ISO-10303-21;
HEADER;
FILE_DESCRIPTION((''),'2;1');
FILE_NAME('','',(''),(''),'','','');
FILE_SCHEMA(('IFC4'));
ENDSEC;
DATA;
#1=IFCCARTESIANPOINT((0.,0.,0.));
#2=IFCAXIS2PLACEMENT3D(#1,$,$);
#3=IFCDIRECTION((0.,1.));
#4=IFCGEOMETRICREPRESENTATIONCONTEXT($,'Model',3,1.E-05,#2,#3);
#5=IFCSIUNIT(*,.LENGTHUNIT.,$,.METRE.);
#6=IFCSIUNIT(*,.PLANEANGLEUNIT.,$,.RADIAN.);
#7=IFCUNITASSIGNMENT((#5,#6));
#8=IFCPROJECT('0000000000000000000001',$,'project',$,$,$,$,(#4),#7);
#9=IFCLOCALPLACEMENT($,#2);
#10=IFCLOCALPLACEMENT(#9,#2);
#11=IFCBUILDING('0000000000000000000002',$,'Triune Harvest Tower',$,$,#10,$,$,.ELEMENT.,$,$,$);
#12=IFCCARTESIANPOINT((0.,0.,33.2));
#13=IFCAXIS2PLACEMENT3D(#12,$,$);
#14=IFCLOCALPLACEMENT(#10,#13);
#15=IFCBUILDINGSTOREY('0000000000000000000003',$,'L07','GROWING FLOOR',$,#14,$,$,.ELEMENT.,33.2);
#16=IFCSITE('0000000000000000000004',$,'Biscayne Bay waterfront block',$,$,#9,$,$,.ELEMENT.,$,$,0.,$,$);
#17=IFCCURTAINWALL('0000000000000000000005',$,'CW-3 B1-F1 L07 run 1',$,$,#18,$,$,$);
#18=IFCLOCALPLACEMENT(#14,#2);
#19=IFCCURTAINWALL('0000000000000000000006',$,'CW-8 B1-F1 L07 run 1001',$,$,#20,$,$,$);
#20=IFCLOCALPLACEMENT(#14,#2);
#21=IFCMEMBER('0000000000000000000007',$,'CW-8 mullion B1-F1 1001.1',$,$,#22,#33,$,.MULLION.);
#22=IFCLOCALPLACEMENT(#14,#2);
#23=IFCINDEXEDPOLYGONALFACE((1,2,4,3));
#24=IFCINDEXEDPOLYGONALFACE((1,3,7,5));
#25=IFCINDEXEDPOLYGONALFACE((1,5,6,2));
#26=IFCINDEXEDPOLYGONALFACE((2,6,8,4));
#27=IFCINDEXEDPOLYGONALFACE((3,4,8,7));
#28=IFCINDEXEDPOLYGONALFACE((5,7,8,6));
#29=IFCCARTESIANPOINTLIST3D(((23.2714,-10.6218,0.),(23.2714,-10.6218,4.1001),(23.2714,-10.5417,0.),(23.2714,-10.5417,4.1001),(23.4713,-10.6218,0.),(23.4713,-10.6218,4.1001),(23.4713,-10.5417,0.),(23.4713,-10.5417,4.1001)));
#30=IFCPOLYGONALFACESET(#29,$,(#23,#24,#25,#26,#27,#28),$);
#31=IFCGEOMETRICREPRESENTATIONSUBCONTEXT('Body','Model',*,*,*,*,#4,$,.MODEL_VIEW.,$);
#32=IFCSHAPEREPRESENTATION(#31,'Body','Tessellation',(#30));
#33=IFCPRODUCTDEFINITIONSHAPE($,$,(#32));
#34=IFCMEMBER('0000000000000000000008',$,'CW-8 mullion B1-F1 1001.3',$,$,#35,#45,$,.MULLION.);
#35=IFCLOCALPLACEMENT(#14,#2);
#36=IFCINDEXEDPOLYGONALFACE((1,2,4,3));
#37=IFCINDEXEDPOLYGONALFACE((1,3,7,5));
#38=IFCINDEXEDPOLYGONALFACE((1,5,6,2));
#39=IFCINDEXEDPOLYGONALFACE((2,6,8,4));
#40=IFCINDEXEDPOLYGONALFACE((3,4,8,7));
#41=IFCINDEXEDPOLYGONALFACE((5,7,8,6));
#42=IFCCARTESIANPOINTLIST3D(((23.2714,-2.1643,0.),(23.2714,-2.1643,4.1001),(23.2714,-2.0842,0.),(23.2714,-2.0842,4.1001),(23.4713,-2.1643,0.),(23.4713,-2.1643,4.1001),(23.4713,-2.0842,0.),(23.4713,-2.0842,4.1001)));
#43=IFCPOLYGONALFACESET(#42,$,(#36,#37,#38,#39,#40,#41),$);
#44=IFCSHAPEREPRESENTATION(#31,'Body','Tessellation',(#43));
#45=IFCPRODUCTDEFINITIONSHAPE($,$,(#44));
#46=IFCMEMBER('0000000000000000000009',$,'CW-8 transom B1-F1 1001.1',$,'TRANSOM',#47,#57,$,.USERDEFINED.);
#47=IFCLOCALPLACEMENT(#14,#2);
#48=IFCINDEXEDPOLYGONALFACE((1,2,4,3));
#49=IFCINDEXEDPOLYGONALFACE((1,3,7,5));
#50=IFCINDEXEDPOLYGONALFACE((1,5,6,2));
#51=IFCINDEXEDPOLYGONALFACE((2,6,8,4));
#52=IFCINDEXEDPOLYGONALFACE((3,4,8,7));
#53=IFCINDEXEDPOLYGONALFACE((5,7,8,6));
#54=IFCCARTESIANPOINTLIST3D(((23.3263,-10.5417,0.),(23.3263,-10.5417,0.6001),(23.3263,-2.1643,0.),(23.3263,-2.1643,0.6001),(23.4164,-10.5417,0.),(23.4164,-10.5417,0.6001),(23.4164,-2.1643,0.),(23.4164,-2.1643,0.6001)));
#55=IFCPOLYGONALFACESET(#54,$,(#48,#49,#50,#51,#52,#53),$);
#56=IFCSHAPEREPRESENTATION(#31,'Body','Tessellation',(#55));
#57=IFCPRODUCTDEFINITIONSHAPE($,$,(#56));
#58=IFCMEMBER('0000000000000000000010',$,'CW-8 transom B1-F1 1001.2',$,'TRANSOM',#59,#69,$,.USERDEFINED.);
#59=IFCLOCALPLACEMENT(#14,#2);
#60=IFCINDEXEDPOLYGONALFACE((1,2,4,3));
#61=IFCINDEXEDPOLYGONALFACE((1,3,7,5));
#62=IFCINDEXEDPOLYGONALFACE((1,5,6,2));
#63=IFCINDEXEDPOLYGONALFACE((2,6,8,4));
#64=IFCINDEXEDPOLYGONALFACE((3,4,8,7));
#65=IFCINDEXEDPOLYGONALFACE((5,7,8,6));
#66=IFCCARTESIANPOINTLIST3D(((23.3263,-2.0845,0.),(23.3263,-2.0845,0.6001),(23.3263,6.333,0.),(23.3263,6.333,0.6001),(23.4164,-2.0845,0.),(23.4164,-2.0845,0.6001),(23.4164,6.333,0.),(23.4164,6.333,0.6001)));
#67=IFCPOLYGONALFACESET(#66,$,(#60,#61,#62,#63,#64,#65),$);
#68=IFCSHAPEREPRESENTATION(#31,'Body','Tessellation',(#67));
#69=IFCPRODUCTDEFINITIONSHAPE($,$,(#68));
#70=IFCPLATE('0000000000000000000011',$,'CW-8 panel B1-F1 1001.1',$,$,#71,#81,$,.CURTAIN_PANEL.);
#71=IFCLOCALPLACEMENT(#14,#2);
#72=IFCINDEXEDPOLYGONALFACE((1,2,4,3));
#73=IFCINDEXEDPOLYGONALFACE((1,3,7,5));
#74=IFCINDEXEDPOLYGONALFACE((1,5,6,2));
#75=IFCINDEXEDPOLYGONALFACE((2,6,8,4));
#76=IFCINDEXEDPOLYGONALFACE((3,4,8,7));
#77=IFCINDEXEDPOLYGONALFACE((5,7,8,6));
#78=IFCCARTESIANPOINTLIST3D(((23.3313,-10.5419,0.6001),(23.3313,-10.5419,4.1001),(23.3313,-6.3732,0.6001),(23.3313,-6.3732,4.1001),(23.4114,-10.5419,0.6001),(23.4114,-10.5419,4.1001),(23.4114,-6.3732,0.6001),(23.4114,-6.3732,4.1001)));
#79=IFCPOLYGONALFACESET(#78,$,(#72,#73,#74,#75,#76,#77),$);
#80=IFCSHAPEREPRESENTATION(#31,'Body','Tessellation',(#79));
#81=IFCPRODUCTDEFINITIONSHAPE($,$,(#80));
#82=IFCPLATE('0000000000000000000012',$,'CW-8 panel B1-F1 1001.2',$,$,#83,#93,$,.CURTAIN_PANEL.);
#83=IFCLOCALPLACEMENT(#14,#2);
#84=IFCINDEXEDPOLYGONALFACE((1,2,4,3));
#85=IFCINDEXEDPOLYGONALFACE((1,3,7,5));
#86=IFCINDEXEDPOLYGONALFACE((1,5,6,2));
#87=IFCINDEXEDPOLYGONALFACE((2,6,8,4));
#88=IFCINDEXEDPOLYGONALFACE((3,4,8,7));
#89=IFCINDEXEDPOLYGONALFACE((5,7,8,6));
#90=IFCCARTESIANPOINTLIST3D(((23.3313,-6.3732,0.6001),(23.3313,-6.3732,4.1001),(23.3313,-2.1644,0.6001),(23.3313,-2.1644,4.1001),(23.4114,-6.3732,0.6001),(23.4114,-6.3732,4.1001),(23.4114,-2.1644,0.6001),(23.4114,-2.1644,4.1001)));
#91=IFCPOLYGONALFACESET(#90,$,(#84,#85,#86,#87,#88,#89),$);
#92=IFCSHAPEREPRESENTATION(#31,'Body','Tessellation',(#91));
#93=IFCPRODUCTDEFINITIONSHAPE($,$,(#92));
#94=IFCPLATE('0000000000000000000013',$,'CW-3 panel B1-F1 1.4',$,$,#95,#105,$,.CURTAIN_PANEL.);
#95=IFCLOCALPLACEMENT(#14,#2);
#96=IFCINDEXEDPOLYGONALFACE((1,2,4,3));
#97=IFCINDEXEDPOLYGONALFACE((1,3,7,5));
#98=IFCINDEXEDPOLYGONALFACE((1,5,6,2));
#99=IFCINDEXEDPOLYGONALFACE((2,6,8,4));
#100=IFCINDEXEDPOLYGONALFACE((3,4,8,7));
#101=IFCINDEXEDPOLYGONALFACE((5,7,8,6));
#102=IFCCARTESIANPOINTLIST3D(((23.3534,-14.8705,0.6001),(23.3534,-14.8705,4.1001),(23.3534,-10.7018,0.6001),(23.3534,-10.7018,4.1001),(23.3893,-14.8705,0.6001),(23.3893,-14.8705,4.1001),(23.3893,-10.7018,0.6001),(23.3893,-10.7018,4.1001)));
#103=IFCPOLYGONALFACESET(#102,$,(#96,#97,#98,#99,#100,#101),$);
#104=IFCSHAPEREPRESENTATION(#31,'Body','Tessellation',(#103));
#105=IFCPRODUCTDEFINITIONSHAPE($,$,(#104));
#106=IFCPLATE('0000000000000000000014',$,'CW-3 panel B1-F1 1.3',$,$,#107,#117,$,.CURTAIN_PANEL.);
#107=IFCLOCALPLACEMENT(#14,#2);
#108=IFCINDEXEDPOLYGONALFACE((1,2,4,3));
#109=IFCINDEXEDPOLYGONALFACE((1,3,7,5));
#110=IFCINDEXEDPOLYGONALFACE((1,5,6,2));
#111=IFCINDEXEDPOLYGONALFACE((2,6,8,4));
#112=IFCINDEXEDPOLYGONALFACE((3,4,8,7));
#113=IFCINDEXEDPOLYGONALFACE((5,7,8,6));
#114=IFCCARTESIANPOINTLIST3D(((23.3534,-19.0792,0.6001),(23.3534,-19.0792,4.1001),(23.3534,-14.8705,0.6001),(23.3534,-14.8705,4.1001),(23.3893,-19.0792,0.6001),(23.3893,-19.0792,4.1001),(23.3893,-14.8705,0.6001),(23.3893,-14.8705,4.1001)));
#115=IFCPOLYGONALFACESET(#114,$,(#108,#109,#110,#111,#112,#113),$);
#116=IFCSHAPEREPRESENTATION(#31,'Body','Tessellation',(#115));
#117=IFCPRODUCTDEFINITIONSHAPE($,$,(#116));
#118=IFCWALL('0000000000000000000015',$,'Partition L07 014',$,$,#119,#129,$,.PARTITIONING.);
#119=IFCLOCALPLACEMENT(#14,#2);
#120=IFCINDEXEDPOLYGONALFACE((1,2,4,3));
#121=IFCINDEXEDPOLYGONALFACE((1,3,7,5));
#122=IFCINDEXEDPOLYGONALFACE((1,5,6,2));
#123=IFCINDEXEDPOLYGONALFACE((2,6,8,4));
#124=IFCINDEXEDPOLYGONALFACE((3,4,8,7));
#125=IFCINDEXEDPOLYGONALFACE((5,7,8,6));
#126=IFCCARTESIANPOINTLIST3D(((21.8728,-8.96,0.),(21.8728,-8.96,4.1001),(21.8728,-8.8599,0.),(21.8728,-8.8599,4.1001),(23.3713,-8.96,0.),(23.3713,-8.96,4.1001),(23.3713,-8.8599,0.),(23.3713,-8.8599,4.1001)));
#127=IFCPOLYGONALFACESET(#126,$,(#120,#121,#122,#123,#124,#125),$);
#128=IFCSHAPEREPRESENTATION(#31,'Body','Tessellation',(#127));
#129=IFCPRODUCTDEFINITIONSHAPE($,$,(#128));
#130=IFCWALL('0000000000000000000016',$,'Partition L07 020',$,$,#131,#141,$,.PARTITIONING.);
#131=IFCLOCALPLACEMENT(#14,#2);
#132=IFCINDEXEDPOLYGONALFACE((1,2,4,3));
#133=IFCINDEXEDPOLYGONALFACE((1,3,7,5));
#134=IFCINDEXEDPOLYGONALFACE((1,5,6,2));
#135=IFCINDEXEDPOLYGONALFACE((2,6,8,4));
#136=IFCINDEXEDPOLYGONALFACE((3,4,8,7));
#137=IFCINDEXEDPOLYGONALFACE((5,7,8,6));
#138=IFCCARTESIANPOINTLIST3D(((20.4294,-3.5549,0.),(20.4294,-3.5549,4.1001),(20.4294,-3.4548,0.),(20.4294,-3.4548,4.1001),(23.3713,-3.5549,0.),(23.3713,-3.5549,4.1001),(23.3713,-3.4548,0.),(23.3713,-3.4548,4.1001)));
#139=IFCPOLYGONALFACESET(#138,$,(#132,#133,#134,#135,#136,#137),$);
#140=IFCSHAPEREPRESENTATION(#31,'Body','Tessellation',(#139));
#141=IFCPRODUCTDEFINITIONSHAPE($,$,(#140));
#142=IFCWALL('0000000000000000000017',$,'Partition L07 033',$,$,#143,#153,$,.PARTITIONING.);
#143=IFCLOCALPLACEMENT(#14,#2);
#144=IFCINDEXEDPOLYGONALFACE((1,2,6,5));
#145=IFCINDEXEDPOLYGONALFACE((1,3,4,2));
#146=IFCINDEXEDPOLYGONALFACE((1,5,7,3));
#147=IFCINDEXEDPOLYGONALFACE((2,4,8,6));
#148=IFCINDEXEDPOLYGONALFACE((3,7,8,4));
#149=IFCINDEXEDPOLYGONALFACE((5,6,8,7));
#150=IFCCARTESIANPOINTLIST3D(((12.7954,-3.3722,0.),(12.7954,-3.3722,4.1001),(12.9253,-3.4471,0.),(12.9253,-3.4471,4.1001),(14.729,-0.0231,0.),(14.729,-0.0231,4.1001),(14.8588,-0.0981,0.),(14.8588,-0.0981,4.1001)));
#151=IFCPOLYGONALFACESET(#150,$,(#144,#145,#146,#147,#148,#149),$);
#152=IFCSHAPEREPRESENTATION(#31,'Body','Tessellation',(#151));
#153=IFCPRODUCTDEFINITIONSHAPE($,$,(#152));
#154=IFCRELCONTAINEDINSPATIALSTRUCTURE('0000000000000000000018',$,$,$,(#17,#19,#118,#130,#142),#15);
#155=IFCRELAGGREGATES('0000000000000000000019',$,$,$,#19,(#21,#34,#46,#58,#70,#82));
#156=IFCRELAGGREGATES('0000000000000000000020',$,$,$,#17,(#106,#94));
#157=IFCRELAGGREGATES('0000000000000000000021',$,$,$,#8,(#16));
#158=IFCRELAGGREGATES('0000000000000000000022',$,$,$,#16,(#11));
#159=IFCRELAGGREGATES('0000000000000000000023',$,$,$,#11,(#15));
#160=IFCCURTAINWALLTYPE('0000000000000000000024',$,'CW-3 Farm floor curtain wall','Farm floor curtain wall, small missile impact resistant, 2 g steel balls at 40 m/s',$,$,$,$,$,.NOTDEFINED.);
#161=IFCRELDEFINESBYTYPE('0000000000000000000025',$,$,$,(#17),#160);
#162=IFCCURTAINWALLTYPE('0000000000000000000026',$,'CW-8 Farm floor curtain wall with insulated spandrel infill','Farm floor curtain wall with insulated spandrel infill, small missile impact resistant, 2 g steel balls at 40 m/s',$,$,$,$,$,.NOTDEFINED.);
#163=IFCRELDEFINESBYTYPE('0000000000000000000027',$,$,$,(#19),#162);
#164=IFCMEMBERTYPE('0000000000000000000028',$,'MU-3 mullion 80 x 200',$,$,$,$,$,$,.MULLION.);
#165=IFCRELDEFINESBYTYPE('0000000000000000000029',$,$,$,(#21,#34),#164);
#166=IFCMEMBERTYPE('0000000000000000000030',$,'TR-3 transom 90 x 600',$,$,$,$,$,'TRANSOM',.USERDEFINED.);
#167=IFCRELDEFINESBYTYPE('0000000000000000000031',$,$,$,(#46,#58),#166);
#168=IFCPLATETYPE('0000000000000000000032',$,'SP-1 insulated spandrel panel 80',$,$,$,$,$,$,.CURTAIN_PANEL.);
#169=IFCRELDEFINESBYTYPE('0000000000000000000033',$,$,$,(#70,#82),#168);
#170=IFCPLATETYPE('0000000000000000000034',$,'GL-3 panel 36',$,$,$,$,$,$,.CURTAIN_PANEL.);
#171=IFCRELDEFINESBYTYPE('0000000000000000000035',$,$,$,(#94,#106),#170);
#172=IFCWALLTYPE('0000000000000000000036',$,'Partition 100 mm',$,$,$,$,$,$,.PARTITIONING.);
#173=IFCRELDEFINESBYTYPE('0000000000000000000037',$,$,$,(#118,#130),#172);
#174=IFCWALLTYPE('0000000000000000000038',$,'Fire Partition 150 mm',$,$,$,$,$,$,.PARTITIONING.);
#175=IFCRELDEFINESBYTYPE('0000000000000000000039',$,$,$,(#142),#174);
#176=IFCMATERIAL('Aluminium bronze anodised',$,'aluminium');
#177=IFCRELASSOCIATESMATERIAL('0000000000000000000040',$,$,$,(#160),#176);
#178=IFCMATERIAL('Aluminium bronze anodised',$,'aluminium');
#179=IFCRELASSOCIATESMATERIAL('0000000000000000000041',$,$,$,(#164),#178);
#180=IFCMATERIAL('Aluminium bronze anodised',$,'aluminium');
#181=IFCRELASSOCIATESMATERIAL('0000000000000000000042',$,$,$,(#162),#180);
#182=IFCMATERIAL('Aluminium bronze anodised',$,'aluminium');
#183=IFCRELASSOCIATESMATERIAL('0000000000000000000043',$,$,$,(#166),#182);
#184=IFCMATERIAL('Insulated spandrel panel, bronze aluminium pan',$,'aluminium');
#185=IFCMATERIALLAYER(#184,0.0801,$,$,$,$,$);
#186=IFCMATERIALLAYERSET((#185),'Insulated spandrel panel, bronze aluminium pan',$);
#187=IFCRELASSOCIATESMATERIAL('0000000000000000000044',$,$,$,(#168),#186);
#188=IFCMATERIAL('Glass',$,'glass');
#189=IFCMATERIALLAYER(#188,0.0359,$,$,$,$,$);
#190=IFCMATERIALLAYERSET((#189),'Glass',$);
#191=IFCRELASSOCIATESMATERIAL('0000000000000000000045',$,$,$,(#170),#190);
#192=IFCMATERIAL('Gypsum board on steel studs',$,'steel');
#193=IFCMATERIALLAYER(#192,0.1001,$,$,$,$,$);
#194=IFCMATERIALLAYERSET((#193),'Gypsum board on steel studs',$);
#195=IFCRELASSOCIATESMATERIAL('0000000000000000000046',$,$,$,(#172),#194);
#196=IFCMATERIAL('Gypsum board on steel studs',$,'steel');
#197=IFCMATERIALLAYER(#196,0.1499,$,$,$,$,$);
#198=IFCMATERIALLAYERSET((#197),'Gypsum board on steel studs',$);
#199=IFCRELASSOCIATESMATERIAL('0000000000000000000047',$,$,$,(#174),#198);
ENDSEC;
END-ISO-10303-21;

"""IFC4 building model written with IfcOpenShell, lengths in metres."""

from ifc_helpers import new_model, si_unit, direction, frame, frame_2d, origin, origin_2d, place, context, subcontext, project, spatial, rectangle, extrude, source, transform, mapped, material, layer, layer_set, material_profile, profile_set, type_object, element, aggregate, save


model = new_model("IFC4")

# Units and contexts
model_context = context("Model", 3, precision=1e-05, world=origin(), true_north=direction((0.0, 1.0)))
body_context = subcontext(model_context, "Body", "Model", "MODEL_VIEW")
ifc_project = project(units=[si_unit("LENGTHUNIT", "METRE"), si_unit("PLANEANGLEUNIT", "RADIAN")], contexts=[model_context])

# Site, building, storey
site_placement = place(None, origin())
site = spatial("IfcSite", under=ifc_project, at=site_placement, Name="Biscayne Bay waterfront block", CompositionType="ELEMENT", RefElevation=0.0)
building_placement = place(site_placement, origin())
building = spatial("IfcBuilding", under=site, at=building_placement, Name="Triune Harvest Tower", CompositionType="ELEMENT")
storey_placement = place(building_placement, frame((0.0, 0.0, 33.2)))
storey = spatial("IfcBuildingStorey", under=building, at=storey_placement, Name="L07", Description="GROWING FLOOR", CompositionType="ELEMENT", Elevation=33.2)

# Curtain wall
ifc_material_1 = material(Name="Aluminium bronze anodised", Category="aluminium")
curtain_wall_type_1 = type_object("IfcCurtainWallType", Name="CW-3 Farm floor curtain wall", Description="Farm floor curtain wall, small missile impact resistant, 2 g steel balls at 40 m/s", PredefinedType="NOTDEFINED", material=ifc_material_1)
curtain_wall_1_placement = place(storey_placement, origin())
curtain_wall_1 = element("IfcCurtainWall", 1, at=curtain_wall_1_placement, inside=storey, type_object=curtain_wall_type_1, Name="CW-3 B1-F1 L07 run 1")
ifc_material_2 = material(Name="Aluminium bronze anodised", Category="aluminium")
ifc_material_profile_1 = material_profile(ifc_material_2, rectangle(XDim=0.2, YDim=0.0801, at=origin_2d()), Name="MU-3 mullion 80 x 200")
ifc_profile_set_1 = profile_set([ifc_material_profile_1], Name="Aluminium bronze anodised")
member_type_1 = type_object("IfcMemberType", Name="MU-3 mullion 80 x 200", PredefinedType="MULLION", material=ifc_profile_set_1)
shared_shape_1 = source(origin(), body_context, "Body", "SweptSolid", [
    extrude(rectangle(XDim=0.2, YDim=0.0801, at=origin_2d()), origin(), (0.0, 0.0, 1.0), 4.1001),
])

# Curtain wall, members, plates
ifc_material_3 = material(Name="Aluminium bronze anodised", Category="aluminium")
curtain_wall_type_2 = type_object("IfcCurtainWallType", Name="CW-8 Farm floor curtain wall with insulated spandrel infill", Description="Farm floor curtain wall with insulated spandrel infill, small missile impact resistant, 2 g steel balls at 40 m/s", PredefinedType="NOTDEFINED", material=ifc_material_3)
curtain_wall_2_placement = place(storey_placement, origin())
curtain_wall_2 = element("IfcCurtainWall", 2, at=curtain_wall_2_placement, inside=storey, type_object=curtain_wall_type_2, Name="CW-8 B1-F1 L07 run 1001")
member_1_placement = place(storey_placement, frame((23.3713, -10.5818, 0.0), z_axis=(0.0, 0.0, 1.0), x_axis=(-1.0, 0.0, 0.0)))
member_1 = element("IfcMember", 3, at=member_1_placement, type_object=member_type_1, Name="CW-8 mullion B1-F1 1001.1", PredefinedType="MULLION", context=body_context, shape_type="MappedRepresentation", body=[
    mapped(shared_shape_1, transform((0.0, 0.0, 0.0), scale=1.0)),
])
member_2_placement = place(storey_placement, frame((23.3713, -2.1243, 0.0), z_axis=(0.0, 0.0, 1.0), x_axis=(-1.0, 0.0, 0.0)))
member_2 = element("IfcMember", 4, at=member_2_placement, type_object=member_type_1, Name="CW-8 mullion B1-F1 1001.3", PredefinedType="MULLION", context=body_context, shape_type="MappedRepresentation", body=[
    mapped(shared_shape_1, transform((0.0, 0.0, 0.0), scale=1.0)),
])
ifc_material_4 = material(Name="Aluminium bronze anodised", Category="aluminium")
ifc_material_profile_2 = material_profile(ifc_material_4, rectangle(XDim=0.0901, YDim=0.6001, at=origin_2d()), Name="TR-3 transom 90 x 600")
ifc_profile_set_2 = profile_set([ifc_material_profile_2], Name="Aluminium bronze anodised")
member_type_2 = type_object("IfcMemberType", Name="TR-3 transom 90 x 600", ElementType="TRANSOM", PredefinedType="USERDEFINED", material=ifc_profile_set_2)
shared_shape_2 = source(origin(), body_context, "Body", "SweptSolid", [
    extrude(rectangle(XDim=0.0901, YDim=0.6001, at=origin_2d()), origin(), (0.0, 0.0, 1.0), 8.3774),
])
member_3_placement = place(storey_placement, frame((23.3713, -10.5417, 0.3), z_axis=(0.0, 1.0, 0.0), x_axis=(-1.0, 0.0, 0.0)))
member_3 = element("IfcMember", 5, at=member_3_placement, type_object=member_type_2, Name="CW-8 transom B1-F1 1001.1", ObjectType="TRANSOM", PredefinedType="USERDEFINED", context=body_context, shape_type="MappedRepresentation", body=[
    mapped(shared_shape_2, transform((0.0, 0.0, 0.0), scale=1.0)),
])
shared_shape_3 = source(origin(), body_context, "Body", "SweptSolid", [
    extrude(rectangle(XDim=0.0901, YDim=0.6001, at=origin_2d()), origin(), (0.0, 0.0, 1.0), 8.4175),
])
member_4_placement = place(storey_placement, frame((23.3713, -2.0845, 0.3), z_axis=(0.0, 1.0, 0.0), x_axis=(-1.0, 0.0, 0.0)))
member_4 = element("IfcMember", 6, at=member_4_placement, type_object=member_type_2, Name="CW-8 transom B1-F1 1001.2", ObjectType="TRANSOM", PredefinedType="USERDEFINED", context=body_context, shape_type="MappedRepresentation", body=[
    mapped(shared_shape_3, transform((0.0, 0.0, 0.0), scale=1.0)),
])
ifc_material_5 = material(Name="Insulated spandrel panel, bronze aluminium pan", Category="aluminium")
ifc_layer_1 = layer(ifc_material_5, 0.0801)
ifc_layer_set_1 = layer_set([ifc_layer_1], Name="Insulated spandrel panel, bronze aluminium pan")
plate_type_1 = type_object("IfcPlateType", Name="SP-1 insulated spandrel panel 80", PredefinedType="CURTAIN_PANEL", material=ifc_layer_set_1)
shared_shape_4 = source(origin(), body_context, "Body", "SweptSolid", [
    extrude(rectangle(XDim=4.1687, YDim=0.0801, at=origin_2d()), origin(), (0.0, 0.0, 1.0), 3.5),
])
plate_1_placement = place(storey_placement, frame((23.3713, -8.4575, 0.6001), z_axis=(0.0, 0.0, 1.0), x_axis=(0.0, 1.0, 0.0)))
plate_1 = element("IfcPlate", 7, at=plate_1_placement, type_object=plate_type_1, Name="CW-8 panel B1-F1 1001.1", PredefinedType="CURTAIN_PANEL", context=body_context, shape_type="MappedRepresentation", body=[
    mapped(shared_shape_4, transform((0.0, 0.0, 0.0), scale=1.0)),
])
shared_shape_5 = source(origin(), body_context, "Body", "SweptSolid", [
    extrude(rectangle(XDim=4.2087, YDim=0.0801, at=origin_2d()), origin(), (0.0, 0.0, 1.0), 3.5),
])
plate_2_placement = place(storey_placement, frame((23.3713, -4.2688, 0.6001), z_axis=(0.0, 0.0, 1.0), x_axis=(0.0, 1.0, 0.0)))
plate_2 = element("IfcPlate", 8, at=plate_2_placement, type_object=plate_type_1, Name="CW-8 panel B1-F1 1001.2", PredefinedType="CURTAIN_PANEL", context=body_context, shape_type="MappedRepresentation", body=[
    mapped(shared_shape_5, transform((0.0, 0.0, 0.0), scale=1.0)),
])
aggregate(curtain_wall_2, [member_1, member_2, member_3, member_4, plate_1, plate_2])

# Plates
ifc_material_6 = material(Name="Glass", Category="glass")
ifc_layer_2 = layer(ifc_material_6, 0.0359)
ifc_layer_set_2 = layer_set([ifc_layer_2], Name="Glass")
plate_type_2 = type_object("IfcPlateType", Name="GL-3 panel 36", PredefinedType="CURTAIN_PANEL", material=ifc_layer_set_2)
shared_shape_6 = source(origin(), body_context, "Body", "SweptSolid", [
    extrude(rectangle(XDim=4.1687, YDim=0.0359, at=origin_2d()), origin(), (0.0, 0.0, 1.0), 3.5),
])
plate_3_placement = place(storey_placement, frame((23.3713, -12.7861, 0.6001), z_axis=(0.0, 0.0, 1.0), x_axis=(0.0, 1.0, 0.0)))
plate_3 = element("IfcPlate", 9, at=plate_3_placement, type_object=plate_type_2, Name="CW-3 panel B1-F1 1.4", PredefinedType="CURTAIN_PANEL", context=body_context, shape_type="MappedRepresentation", body=[
    mapped(shared_shape_6, transform((0.0, 0.0, 0.0), scale=1.0)),
])
shared_shape_7 = source(origin(), body_context, "Body", "SweptSolid", [
    extrude(rectangle(XDim=4.2087, YDim=0.0359, at=origin_2d()), origin(), (0.0, 0.0, 1.0), 3.5),
])
plate_4_placement = place(storey_placement, frame((23.3713, -16.9749, 0.6001), z_axis=(0.0, 0.0, 1.0), x_axis=(0.0, 1.0, 0.0)))
plate_4 = element("IfcPlate", 10, at=plate_4_placement, type_object=plate_type_2, Name="CW-3 panel B1-F1 1.3", PredefinedType="CURTAIN_PANEL", context=body_context, shape_type="MappedRepresentation", body=[
    mapped(shared_shape_7, transform((0.0, 0.0, 0.0), scale=1.0)),
])
aggregate(curtain_wall_1, [plate_4, plate_3])

# Walls
ifc_material_7 = material(Name="Gypsum board on steel studs", Category="steel")
ifc_layer_3 = layer(ifc_material_7, 0.1001)
ifc_layer_set_3 = layer_set([ifc_layer_3], Name="Gypsum board on steel studs")
wall_type_1 = type_object("IfcWallType", Name="Partition 100 mm", PredefinedType="PARTITIONING", material=ifc_layer_set_3)
shared_shape_8 = source(origin(), body_context, "Body", "SweptSolid", [
    extrude(rectangle(XDim=1.4985, YDim=0.1001, at=frame_2d((0.7493, 0.0))), origin(), (0.0, 0.0, 1.0), 4.1001),
])
wall_1_placement = place(storey_placement, frame((21.8728, -8.9099, 0.0), z_axis=(0.0, 0.0, 1.0), x_axis=(1.0, 0.0, 0.0)))
element("IfcWall", 11, at=wall_1_placement, inside=storey, type_object=wall_type_1, Name="Partition L07 014", PredefinedType="PARTITIONING", context=body_context, shape_type="MappedRepresentation", body=[
    mapped(shared_shape_8, transform((0.0, 0.0, 0.0), scale=1.0)),
])
shared_shape_9 = source(origin(), body_context, "Body", "SweptSolid", [
    extrude(rectangle(XDim=2.9419, YDim=0.1001, at=frame_2d((1.4709, 0.0))), origin(), (0.0, 0.0, 1.0), 4.1001),
])
wall_2_placement = place(storey_placement, frame((20.4294, -3.5049, 0.0), z_axis=(0.0, 0.0, 1.0), x_axis=(1.0, 0.0, 0.0)))
element("IfcWall", 12, at=wall_2_placement, inside=storey, type_object=wall_type_1, Name="Partition L07 020", PredefinedType="PARTITIONING", context=body_context, shape_type="MappedRepresentation", body=[
    mapped(shared_shape_9, transform((0.0, 0.0, 0.0), scale=1.0)),
])
ifc_material_8 = material(Name="Gypsum board on steel studs", Category="steel")
ifc_layer_4 = layer(ifc_material_8, 0.1499)
ifc_layer_set_4 = layer_set([ifc_layer_4], Name="Gypsum board on steel studs")
wall_type_2 = type_object("IfcWallType", Name="Fire Partition 150 mm", PredefinedType="PARTITIONING", material=ifc_layer_set_4)
shared_shape_10 = source(origin(), body_context, "Body", "SweptSolid", [
    extrude(rectangle(XDim=3.8672, YDim=0.1499, at=frame_2d((1.9336, 0.0))), origin(), (0.0, 0.0, 1.0), 4.1001),
])
wall_3_placement = place(storey_placement, frame((12.8604, -3.4097, 0.0), z_axis=(0.0, 0.0, 1.0), x_axis=(0.499996, 0.866028, 0.0)))
element("IfcWall", 13, at=wall_3_placement, inside=storey, type_object=wall_type_2, Name="Partition L07 033", PredefinedType="PARTITIONING", context=body_context, shape_type="MappedRepresentation", body=[
    mapped(shared_shape_10, transform((0.0, 0.0, 0.0), scale=1.0)),
])

save(model, "model.ifc")
